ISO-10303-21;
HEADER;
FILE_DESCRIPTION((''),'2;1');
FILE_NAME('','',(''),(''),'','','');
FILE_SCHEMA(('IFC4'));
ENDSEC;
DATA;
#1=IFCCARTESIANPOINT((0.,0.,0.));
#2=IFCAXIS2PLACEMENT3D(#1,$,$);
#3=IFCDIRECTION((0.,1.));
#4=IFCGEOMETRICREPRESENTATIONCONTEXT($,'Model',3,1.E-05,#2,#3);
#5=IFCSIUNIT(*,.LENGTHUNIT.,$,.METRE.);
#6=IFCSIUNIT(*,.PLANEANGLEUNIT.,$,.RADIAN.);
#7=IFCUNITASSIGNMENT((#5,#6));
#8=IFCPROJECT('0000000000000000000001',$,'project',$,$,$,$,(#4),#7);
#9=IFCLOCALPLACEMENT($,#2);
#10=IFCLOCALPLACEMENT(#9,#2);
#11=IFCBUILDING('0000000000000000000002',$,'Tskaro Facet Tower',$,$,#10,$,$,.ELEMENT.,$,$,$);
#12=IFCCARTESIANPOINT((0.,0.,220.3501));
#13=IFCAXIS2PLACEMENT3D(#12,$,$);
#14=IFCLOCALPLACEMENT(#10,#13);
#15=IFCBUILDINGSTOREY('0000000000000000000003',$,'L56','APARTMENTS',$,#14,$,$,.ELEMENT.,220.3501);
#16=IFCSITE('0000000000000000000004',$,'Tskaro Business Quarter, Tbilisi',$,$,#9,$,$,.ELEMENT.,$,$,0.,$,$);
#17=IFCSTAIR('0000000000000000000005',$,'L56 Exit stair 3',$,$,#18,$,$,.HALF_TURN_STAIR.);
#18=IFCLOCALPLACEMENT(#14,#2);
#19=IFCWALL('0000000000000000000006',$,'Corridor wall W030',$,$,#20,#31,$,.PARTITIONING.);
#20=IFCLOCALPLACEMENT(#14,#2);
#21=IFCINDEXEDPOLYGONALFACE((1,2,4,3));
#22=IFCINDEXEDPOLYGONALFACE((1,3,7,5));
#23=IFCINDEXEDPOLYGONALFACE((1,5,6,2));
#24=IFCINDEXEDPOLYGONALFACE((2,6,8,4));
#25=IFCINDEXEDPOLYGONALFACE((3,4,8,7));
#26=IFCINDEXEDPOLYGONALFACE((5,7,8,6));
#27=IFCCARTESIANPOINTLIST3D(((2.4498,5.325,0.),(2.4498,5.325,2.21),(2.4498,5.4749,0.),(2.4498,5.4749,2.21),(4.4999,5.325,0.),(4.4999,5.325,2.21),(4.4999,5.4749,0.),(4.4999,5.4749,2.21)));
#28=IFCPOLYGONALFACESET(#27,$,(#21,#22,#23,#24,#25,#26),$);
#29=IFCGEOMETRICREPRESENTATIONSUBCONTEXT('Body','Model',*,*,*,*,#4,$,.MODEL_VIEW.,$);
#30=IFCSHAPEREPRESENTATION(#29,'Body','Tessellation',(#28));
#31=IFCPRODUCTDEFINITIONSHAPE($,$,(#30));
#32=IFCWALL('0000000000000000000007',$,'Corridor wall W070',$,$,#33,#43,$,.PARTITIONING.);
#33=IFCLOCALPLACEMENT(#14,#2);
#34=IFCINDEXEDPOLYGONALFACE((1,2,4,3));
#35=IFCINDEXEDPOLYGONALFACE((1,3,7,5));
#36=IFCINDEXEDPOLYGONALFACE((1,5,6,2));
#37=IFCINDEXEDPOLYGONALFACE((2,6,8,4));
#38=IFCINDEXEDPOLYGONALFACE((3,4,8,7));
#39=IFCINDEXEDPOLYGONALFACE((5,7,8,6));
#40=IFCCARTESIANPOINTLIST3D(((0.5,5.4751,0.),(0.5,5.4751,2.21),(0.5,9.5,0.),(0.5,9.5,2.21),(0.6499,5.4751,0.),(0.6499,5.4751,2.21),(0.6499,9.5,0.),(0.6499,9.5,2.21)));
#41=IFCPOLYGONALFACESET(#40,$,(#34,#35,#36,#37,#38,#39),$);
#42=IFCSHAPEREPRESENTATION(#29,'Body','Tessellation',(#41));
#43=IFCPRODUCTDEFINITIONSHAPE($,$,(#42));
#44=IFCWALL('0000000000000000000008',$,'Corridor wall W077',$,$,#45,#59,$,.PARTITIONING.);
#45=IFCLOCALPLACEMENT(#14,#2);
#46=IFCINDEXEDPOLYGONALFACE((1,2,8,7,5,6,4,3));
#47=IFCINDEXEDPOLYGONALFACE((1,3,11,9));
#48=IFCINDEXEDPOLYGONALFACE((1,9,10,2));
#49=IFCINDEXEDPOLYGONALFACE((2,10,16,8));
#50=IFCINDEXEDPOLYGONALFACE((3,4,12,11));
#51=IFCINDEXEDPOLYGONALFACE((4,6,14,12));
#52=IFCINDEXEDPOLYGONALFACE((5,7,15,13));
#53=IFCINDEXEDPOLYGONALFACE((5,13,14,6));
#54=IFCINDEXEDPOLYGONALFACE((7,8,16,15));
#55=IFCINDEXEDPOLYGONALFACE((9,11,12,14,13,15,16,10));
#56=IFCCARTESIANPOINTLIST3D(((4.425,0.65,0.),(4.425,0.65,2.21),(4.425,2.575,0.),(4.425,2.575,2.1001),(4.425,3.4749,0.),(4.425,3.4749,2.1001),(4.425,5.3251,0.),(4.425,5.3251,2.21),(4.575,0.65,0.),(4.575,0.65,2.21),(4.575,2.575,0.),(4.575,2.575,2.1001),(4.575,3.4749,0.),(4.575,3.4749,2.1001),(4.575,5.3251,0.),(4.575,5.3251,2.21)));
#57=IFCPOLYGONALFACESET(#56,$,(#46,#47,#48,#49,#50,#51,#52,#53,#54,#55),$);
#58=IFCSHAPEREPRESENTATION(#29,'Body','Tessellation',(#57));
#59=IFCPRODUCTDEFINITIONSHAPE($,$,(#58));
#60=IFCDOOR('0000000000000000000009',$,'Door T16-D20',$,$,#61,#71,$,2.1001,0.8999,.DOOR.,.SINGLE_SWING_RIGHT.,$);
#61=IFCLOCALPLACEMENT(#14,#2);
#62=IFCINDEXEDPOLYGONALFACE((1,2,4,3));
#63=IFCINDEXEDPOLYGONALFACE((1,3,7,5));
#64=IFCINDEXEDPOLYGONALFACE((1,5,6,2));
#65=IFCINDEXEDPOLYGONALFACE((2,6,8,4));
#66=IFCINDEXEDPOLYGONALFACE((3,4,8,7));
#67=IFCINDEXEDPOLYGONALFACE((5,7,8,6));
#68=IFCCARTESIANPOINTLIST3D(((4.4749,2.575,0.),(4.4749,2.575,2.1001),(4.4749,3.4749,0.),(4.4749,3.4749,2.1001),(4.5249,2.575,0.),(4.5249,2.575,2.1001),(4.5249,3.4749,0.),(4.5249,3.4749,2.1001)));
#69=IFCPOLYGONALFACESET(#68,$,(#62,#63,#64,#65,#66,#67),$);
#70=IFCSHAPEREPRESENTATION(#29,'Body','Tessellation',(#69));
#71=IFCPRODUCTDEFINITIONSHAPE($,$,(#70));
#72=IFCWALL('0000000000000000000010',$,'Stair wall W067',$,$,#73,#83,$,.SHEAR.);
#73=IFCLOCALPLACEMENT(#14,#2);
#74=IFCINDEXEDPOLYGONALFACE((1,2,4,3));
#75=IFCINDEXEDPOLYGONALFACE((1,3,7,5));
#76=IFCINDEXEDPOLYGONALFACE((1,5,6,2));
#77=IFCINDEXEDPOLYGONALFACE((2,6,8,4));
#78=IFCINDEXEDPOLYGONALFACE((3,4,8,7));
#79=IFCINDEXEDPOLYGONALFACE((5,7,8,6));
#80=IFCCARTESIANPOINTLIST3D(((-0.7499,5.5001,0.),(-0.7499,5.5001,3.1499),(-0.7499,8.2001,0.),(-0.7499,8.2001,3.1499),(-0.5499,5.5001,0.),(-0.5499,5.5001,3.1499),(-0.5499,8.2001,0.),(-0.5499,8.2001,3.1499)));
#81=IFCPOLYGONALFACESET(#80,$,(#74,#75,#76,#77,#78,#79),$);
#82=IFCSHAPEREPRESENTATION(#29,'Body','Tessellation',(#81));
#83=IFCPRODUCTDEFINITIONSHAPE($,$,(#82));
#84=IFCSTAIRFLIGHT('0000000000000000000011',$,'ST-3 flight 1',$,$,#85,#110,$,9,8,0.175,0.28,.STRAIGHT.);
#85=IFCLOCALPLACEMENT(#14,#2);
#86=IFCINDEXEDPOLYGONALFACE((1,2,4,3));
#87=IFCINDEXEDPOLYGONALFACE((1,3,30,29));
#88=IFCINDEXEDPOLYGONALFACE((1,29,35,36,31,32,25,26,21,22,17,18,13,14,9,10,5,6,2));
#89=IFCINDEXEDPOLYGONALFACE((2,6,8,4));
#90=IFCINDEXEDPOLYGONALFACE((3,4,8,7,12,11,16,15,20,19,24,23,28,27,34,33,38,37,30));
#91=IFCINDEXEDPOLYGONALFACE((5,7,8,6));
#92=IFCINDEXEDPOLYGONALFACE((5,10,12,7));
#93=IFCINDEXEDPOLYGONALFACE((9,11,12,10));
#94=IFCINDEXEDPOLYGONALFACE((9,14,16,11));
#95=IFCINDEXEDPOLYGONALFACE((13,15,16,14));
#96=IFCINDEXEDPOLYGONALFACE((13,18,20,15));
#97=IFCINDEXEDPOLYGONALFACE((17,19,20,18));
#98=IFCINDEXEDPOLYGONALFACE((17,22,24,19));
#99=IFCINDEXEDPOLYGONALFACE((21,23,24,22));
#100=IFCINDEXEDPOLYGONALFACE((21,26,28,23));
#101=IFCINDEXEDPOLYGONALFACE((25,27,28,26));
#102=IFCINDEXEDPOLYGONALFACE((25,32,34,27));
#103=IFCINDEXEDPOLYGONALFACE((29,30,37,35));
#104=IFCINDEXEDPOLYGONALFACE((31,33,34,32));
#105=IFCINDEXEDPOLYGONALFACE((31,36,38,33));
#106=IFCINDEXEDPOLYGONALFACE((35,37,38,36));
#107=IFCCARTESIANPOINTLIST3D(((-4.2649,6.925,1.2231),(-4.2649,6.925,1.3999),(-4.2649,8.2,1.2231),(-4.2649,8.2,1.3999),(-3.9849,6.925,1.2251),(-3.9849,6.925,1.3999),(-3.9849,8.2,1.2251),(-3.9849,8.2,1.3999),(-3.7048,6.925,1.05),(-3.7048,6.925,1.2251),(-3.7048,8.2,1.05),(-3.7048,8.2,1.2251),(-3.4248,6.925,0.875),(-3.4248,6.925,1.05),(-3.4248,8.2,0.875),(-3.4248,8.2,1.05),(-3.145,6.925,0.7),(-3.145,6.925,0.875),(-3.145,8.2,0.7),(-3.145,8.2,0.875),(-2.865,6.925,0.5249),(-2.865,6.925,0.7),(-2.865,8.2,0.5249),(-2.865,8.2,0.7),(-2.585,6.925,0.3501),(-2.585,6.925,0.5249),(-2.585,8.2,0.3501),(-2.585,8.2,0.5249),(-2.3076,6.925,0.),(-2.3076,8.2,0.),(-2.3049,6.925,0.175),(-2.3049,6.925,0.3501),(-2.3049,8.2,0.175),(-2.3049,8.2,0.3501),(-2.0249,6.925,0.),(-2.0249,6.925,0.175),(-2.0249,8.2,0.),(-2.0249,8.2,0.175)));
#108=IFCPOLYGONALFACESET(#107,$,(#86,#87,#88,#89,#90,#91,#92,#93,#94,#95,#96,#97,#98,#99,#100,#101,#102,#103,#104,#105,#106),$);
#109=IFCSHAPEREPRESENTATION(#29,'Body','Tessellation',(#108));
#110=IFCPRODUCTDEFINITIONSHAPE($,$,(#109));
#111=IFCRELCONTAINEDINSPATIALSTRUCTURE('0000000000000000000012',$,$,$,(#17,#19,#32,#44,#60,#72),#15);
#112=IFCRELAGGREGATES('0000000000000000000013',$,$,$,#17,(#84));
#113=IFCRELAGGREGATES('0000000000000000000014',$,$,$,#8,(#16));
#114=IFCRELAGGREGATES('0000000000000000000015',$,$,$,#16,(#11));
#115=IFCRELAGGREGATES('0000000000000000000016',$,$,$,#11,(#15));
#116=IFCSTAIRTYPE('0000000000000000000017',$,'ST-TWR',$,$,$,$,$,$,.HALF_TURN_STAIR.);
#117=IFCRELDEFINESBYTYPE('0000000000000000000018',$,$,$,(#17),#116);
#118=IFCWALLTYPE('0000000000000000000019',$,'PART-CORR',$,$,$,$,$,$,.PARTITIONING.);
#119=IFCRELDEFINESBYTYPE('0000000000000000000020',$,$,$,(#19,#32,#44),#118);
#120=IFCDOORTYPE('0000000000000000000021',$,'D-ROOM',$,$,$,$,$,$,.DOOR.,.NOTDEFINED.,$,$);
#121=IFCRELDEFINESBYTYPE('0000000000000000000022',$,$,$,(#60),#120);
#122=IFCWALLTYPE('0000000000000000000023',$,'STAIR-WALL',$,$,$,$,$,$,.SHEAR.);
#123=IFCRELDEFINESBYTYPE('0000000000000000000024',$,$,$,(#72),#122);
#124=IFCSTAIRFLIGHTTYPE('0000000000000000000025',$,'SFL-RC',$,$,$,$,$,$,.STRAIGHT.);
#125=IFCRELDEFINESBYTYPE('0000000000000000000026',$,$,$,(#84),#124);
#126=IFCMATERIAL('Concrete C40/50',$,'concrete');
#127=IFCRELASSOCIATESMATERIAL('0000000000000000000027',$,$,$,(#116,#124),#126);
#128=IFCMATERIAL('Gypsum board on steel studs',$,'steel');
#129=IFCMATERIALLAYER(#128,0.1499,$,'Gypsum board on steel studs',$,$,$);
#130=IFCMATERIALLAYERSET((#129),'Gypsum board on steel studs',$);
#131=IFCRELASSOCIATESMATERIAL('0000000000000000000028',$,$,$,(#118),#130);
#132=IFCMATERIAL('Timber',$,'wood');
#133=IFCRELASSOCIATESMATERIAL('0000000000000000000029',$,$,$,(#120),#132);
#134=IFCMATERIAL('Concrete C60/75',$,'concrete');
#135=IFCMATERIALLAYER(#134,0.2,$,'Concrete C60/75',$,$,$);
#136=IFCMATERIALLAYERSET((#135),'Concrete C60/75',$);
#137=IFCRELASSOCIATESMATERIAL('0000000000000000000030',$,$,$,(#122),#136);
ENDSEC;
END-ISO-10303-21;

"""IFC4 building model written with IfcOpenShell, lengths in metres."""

from ifc_helpers import new_model, si_unit, direction, frame, frame_2d, origin, place, context, subcontext, project, spatial, polyline, rectangle, outline, extrude, material, layer, layer_set, type_object, element, fill, aggregate, save


model = new_model("IFC4")

# Units and contexts
model_context = context("Model", 3, precision=1e-05, world=origin(), true_north=direction((0.0, 1.0)))
body_context = subcontext(model_context, "Body", "Model", "MODEL_VIEW")
ifc_project = project(units=[si_unit("LENGTHUNIT", "METRE"), si_unit("PLANEANGLEUNIT", "RADIAN")], contexts=[model_context])

# Site, building, storey
site_placement = place(None, origin())
site = spatial("IfcSite", under=ifc_project, at=site_placement, Name="Tskaro Business Quarter, Tbilisi", CompositionType="ELEMENT", RefElevation=0.0)
building_placement = place(site_placement, origin())
building = spatial("IfcBuilding", under=site, at=building_placement, Name="Tskaro Facet Tower", CompositionType="ELEMENT")
storey_placement = place(building_placement, frame((0.0, 0.0, 220.3501)))
storey = spatial("IfcBuildingStorey", under=building, at=storey_placement, Name="L56", Description="APARTMENTS", CompositionType="ELEMENT", Elevation=220.3501)

# Stair
ifc_material_1 = material(Name="Concrete C40/50", Category="concrete")
stair_type = type_object("IfcStairType", Name="ST-TWR", PredefinedType="HALF_TURN_STAIR", material=ifc_material_1)
stair_1_placement = place(storey_placement, origin())
stair_1 = element("IfcStair", 1, at=stair_1_placement, inside=storey, type_object=stair_type, Name="L56 Exit stair 3", PredefinedType="HALF_TURN_STAIR")

# Shared definitions
ifc_material_2 = material(Name="Concrete C60/75", Category="concrete")

# Walls
ifc_material_3 = material(Name="Gypsum board on steel studs", Category="steel")
ifc_layer_1 = layer(ifc_material_3, 0.1499, Name="Gypsum board on steel studs")
ifc_layer_set_1 = layer_set([ifc_layer_1], Name="Gypsum board on steel studs")
wall_type_1 = type_object("IfcWallType", Name="PART-CORR", PredefinedType="PARTITIONING", material=ifc_layer_set_1)
wall_1_placement = place(storey_placement, frame((2.45, 5.3999, 0.0), z_axis=(0.0, 0.0, 1.0), x_axis=(1.0, 0.0, 0.0)))
element("IfcWall", 2, at=wall_1_placement, inside=storey, type_object=wall_type_1, Name="Corridor wall W030", PredefinedType="PARTITIONING", context=body_context, shape_type="SweptSolid", body=[
    extrude(rectangle(XDim=2.05, YDim=0.1499, at=frame_2d((1.0249, 0.0))), origin(), (0.0, 0.0, 1.0), 2.21),
])
wall_2_placement = place(storey_placement, frame((0.575, 5.4751, 0.0), z_axis=(0.0, 0.0, 1.0), x_axis=(0.0, 1.0, 0.0)))
element("IfcWall", 3, at=wall_2_placement, inside=storey, type_object=wall_type_1, Name="Corridor wall W070", PredefinedType="PARTITIONING", context=body_context, shape_type="SweptSolid", body=[
    extrude(rectangle(XDim=4.0249, YDim=0.1499, at=frame_2d((2.0125, 0.0))), origin(), (0.0, 0.0, 1.0), 2.21),
])

# Wall, opening, door
wall_3_placement = place(storey_placement, frame((4.5, 5.325, 0.0), z_axis=(0.0, 0.0, 1.0), x_axis=(0.0, -1.0, 0.0)))
wall_3 = element("IfcWall", 4, at=wall_3_placement, inside=storey, type_object=wall_type_1, Name="Corridor wall W077", PredefinedType="PARTITIONING", context=body_context, shape_type="SweptSolid", body=[
    extrude(rectangle(XDim=4.675, YDim=0.1499, at=frame_2d((2.3374, 0.0))), origin(), (0.0, 0.0, 1.0), 2.21),
])
opening_placement = place(wall_3_placement, frame((1.8501, 0.0, 0.0)))
opening = element("IfcOpeningElement", 5, at=opening_placement, cuts=wall_3, PredefinedType="OPENING", context=body_context, shape_type="SweptSolid", body=[
    extrude(rectangle(XDim=0.8999, YDim=2.1001, at=frame_2d((0.45, 1.05))), frame((0.0, 0.085, 0.0), z_axis=(0.0, -1.0, 0.0), x_axis=(1.0, 0.0, 0.0)), (0.0, 0.0, 1.0), 0.1699),
])
ifc_material_4 = material(Name="Timber", Category="wood")
door_type = type_object("IfcDoorType", Name="D-ROOM", OperationType="NOTDEFINED", PredefinedType="DOOR", material=ifc_material_4)
door_placement = place(opening_placement, origin())
door = element("IfcDoor", 6, at=door_placement, inside=storey, type_object=door_type, Name="Door T16-D20", OperationType="SINGLE_SWING_RIGHT", OverallHeight=2.1001, OverallWidth=0.8999, PredefinedType="DOOR", context=body_context, shape_type="SweptSolid", body=[
    extrude(rectangle(XDim=0.8999, YDim=2.1001, at=frame_2d((0.45, 1.05))), frame((0.0, 0.0249, 0.0), z_axis=(0.0, -1.0, 0.0), x_axis=(1.0, 0.0, 0.0)), (0.0, 0.0, 1.0), 0.05),
])
fill(opening, door)

# Wall
ifc_layer_2 = layer(ifc_material_2, 0.2, Name="Concrete C60/75")
ifc_layer_set_2 = layer_set([ifc_layer_2], Name="Concrete C60/75")
wall_type_2 = type_object("IfcWallType", Name="STAIR-WALL", PredefinedType="SHEAR", material=ifc_layer_set_2)
wall_4_placement = place(storey_placement, frame((-0.6499, 5.5, 0.0), z_axis=(0.0, 0.0, 1.0), x_axis=(0.0, 1.0, 0.0)))
element("IfcWall", 7, at=wall_4_placement, inside=storey, type_object=wall_type_2, Name="Stair wall W067", PredefinedType="SHEAR", context=body_context, shape_type="SweptSolid", body=[
    extrude(rectangle(XDim=2.7, YDim=0.2, at=frame_2d((1.3501, 0.0))), origin(), (0.0, 0.0, 1.0), 3.1499),
])

# Stair flight
stair_flight_type = type_object("IfcStairFlightType", Name="SFL-RC", PredefinedType="STRAIGHT", material=ifc_material_1)
stair_flight_placement = place(storey_placement, frame((-2.0249, 7.5625, 0.0), z_axis=(0.0, 0.0, 1.0), x_axis=(-1.0, 0.0, 0.0)))
stair_flight = element("IfcStairFlight", 8, at=stair_flight_placement, type_object=stair_flight_type, Name="ST-3 flight 1", NumberOfRisers=9, NumberOfTreads=8, PredefinedType="STRAIGHT", RiserHeight=0.175, TreadLength=0.28, context=body_context, shape_type="SweptSolid", body=[
    extrude(outline(polyline([(0.0, 0.0), (0.0, 0.175), (0.28, 0.175), (0.28, 0.3501), (0.5601, 0.3501), (0.5601, 0.5249), (0.8401, 0.5249), (0.8401, 0.7), (1.1201, 0.7), (1.1201, 0.875), (1.3999, 0.875), (1.3999, 1.05), (1.6799, 1.05), (1.6799, 1.2251), (1.96, 1.2251), (1.96, 1.3999), (2.24, 1.3999), (2.24, 1.575), (2.24, 1.2231), (0.2827, 0.0), (0.0, 0.0)])), frame((0.0, 0.6375, 0.0), z_axis=(0.0, -1.0, 0.0), x_axis=(1.0, 0.0, 0.0)), (0.0, 0.0, 1.0), 1.2749),
])
aggregate(stair_1, [stair_flight])

save(model, "model.ifc")
